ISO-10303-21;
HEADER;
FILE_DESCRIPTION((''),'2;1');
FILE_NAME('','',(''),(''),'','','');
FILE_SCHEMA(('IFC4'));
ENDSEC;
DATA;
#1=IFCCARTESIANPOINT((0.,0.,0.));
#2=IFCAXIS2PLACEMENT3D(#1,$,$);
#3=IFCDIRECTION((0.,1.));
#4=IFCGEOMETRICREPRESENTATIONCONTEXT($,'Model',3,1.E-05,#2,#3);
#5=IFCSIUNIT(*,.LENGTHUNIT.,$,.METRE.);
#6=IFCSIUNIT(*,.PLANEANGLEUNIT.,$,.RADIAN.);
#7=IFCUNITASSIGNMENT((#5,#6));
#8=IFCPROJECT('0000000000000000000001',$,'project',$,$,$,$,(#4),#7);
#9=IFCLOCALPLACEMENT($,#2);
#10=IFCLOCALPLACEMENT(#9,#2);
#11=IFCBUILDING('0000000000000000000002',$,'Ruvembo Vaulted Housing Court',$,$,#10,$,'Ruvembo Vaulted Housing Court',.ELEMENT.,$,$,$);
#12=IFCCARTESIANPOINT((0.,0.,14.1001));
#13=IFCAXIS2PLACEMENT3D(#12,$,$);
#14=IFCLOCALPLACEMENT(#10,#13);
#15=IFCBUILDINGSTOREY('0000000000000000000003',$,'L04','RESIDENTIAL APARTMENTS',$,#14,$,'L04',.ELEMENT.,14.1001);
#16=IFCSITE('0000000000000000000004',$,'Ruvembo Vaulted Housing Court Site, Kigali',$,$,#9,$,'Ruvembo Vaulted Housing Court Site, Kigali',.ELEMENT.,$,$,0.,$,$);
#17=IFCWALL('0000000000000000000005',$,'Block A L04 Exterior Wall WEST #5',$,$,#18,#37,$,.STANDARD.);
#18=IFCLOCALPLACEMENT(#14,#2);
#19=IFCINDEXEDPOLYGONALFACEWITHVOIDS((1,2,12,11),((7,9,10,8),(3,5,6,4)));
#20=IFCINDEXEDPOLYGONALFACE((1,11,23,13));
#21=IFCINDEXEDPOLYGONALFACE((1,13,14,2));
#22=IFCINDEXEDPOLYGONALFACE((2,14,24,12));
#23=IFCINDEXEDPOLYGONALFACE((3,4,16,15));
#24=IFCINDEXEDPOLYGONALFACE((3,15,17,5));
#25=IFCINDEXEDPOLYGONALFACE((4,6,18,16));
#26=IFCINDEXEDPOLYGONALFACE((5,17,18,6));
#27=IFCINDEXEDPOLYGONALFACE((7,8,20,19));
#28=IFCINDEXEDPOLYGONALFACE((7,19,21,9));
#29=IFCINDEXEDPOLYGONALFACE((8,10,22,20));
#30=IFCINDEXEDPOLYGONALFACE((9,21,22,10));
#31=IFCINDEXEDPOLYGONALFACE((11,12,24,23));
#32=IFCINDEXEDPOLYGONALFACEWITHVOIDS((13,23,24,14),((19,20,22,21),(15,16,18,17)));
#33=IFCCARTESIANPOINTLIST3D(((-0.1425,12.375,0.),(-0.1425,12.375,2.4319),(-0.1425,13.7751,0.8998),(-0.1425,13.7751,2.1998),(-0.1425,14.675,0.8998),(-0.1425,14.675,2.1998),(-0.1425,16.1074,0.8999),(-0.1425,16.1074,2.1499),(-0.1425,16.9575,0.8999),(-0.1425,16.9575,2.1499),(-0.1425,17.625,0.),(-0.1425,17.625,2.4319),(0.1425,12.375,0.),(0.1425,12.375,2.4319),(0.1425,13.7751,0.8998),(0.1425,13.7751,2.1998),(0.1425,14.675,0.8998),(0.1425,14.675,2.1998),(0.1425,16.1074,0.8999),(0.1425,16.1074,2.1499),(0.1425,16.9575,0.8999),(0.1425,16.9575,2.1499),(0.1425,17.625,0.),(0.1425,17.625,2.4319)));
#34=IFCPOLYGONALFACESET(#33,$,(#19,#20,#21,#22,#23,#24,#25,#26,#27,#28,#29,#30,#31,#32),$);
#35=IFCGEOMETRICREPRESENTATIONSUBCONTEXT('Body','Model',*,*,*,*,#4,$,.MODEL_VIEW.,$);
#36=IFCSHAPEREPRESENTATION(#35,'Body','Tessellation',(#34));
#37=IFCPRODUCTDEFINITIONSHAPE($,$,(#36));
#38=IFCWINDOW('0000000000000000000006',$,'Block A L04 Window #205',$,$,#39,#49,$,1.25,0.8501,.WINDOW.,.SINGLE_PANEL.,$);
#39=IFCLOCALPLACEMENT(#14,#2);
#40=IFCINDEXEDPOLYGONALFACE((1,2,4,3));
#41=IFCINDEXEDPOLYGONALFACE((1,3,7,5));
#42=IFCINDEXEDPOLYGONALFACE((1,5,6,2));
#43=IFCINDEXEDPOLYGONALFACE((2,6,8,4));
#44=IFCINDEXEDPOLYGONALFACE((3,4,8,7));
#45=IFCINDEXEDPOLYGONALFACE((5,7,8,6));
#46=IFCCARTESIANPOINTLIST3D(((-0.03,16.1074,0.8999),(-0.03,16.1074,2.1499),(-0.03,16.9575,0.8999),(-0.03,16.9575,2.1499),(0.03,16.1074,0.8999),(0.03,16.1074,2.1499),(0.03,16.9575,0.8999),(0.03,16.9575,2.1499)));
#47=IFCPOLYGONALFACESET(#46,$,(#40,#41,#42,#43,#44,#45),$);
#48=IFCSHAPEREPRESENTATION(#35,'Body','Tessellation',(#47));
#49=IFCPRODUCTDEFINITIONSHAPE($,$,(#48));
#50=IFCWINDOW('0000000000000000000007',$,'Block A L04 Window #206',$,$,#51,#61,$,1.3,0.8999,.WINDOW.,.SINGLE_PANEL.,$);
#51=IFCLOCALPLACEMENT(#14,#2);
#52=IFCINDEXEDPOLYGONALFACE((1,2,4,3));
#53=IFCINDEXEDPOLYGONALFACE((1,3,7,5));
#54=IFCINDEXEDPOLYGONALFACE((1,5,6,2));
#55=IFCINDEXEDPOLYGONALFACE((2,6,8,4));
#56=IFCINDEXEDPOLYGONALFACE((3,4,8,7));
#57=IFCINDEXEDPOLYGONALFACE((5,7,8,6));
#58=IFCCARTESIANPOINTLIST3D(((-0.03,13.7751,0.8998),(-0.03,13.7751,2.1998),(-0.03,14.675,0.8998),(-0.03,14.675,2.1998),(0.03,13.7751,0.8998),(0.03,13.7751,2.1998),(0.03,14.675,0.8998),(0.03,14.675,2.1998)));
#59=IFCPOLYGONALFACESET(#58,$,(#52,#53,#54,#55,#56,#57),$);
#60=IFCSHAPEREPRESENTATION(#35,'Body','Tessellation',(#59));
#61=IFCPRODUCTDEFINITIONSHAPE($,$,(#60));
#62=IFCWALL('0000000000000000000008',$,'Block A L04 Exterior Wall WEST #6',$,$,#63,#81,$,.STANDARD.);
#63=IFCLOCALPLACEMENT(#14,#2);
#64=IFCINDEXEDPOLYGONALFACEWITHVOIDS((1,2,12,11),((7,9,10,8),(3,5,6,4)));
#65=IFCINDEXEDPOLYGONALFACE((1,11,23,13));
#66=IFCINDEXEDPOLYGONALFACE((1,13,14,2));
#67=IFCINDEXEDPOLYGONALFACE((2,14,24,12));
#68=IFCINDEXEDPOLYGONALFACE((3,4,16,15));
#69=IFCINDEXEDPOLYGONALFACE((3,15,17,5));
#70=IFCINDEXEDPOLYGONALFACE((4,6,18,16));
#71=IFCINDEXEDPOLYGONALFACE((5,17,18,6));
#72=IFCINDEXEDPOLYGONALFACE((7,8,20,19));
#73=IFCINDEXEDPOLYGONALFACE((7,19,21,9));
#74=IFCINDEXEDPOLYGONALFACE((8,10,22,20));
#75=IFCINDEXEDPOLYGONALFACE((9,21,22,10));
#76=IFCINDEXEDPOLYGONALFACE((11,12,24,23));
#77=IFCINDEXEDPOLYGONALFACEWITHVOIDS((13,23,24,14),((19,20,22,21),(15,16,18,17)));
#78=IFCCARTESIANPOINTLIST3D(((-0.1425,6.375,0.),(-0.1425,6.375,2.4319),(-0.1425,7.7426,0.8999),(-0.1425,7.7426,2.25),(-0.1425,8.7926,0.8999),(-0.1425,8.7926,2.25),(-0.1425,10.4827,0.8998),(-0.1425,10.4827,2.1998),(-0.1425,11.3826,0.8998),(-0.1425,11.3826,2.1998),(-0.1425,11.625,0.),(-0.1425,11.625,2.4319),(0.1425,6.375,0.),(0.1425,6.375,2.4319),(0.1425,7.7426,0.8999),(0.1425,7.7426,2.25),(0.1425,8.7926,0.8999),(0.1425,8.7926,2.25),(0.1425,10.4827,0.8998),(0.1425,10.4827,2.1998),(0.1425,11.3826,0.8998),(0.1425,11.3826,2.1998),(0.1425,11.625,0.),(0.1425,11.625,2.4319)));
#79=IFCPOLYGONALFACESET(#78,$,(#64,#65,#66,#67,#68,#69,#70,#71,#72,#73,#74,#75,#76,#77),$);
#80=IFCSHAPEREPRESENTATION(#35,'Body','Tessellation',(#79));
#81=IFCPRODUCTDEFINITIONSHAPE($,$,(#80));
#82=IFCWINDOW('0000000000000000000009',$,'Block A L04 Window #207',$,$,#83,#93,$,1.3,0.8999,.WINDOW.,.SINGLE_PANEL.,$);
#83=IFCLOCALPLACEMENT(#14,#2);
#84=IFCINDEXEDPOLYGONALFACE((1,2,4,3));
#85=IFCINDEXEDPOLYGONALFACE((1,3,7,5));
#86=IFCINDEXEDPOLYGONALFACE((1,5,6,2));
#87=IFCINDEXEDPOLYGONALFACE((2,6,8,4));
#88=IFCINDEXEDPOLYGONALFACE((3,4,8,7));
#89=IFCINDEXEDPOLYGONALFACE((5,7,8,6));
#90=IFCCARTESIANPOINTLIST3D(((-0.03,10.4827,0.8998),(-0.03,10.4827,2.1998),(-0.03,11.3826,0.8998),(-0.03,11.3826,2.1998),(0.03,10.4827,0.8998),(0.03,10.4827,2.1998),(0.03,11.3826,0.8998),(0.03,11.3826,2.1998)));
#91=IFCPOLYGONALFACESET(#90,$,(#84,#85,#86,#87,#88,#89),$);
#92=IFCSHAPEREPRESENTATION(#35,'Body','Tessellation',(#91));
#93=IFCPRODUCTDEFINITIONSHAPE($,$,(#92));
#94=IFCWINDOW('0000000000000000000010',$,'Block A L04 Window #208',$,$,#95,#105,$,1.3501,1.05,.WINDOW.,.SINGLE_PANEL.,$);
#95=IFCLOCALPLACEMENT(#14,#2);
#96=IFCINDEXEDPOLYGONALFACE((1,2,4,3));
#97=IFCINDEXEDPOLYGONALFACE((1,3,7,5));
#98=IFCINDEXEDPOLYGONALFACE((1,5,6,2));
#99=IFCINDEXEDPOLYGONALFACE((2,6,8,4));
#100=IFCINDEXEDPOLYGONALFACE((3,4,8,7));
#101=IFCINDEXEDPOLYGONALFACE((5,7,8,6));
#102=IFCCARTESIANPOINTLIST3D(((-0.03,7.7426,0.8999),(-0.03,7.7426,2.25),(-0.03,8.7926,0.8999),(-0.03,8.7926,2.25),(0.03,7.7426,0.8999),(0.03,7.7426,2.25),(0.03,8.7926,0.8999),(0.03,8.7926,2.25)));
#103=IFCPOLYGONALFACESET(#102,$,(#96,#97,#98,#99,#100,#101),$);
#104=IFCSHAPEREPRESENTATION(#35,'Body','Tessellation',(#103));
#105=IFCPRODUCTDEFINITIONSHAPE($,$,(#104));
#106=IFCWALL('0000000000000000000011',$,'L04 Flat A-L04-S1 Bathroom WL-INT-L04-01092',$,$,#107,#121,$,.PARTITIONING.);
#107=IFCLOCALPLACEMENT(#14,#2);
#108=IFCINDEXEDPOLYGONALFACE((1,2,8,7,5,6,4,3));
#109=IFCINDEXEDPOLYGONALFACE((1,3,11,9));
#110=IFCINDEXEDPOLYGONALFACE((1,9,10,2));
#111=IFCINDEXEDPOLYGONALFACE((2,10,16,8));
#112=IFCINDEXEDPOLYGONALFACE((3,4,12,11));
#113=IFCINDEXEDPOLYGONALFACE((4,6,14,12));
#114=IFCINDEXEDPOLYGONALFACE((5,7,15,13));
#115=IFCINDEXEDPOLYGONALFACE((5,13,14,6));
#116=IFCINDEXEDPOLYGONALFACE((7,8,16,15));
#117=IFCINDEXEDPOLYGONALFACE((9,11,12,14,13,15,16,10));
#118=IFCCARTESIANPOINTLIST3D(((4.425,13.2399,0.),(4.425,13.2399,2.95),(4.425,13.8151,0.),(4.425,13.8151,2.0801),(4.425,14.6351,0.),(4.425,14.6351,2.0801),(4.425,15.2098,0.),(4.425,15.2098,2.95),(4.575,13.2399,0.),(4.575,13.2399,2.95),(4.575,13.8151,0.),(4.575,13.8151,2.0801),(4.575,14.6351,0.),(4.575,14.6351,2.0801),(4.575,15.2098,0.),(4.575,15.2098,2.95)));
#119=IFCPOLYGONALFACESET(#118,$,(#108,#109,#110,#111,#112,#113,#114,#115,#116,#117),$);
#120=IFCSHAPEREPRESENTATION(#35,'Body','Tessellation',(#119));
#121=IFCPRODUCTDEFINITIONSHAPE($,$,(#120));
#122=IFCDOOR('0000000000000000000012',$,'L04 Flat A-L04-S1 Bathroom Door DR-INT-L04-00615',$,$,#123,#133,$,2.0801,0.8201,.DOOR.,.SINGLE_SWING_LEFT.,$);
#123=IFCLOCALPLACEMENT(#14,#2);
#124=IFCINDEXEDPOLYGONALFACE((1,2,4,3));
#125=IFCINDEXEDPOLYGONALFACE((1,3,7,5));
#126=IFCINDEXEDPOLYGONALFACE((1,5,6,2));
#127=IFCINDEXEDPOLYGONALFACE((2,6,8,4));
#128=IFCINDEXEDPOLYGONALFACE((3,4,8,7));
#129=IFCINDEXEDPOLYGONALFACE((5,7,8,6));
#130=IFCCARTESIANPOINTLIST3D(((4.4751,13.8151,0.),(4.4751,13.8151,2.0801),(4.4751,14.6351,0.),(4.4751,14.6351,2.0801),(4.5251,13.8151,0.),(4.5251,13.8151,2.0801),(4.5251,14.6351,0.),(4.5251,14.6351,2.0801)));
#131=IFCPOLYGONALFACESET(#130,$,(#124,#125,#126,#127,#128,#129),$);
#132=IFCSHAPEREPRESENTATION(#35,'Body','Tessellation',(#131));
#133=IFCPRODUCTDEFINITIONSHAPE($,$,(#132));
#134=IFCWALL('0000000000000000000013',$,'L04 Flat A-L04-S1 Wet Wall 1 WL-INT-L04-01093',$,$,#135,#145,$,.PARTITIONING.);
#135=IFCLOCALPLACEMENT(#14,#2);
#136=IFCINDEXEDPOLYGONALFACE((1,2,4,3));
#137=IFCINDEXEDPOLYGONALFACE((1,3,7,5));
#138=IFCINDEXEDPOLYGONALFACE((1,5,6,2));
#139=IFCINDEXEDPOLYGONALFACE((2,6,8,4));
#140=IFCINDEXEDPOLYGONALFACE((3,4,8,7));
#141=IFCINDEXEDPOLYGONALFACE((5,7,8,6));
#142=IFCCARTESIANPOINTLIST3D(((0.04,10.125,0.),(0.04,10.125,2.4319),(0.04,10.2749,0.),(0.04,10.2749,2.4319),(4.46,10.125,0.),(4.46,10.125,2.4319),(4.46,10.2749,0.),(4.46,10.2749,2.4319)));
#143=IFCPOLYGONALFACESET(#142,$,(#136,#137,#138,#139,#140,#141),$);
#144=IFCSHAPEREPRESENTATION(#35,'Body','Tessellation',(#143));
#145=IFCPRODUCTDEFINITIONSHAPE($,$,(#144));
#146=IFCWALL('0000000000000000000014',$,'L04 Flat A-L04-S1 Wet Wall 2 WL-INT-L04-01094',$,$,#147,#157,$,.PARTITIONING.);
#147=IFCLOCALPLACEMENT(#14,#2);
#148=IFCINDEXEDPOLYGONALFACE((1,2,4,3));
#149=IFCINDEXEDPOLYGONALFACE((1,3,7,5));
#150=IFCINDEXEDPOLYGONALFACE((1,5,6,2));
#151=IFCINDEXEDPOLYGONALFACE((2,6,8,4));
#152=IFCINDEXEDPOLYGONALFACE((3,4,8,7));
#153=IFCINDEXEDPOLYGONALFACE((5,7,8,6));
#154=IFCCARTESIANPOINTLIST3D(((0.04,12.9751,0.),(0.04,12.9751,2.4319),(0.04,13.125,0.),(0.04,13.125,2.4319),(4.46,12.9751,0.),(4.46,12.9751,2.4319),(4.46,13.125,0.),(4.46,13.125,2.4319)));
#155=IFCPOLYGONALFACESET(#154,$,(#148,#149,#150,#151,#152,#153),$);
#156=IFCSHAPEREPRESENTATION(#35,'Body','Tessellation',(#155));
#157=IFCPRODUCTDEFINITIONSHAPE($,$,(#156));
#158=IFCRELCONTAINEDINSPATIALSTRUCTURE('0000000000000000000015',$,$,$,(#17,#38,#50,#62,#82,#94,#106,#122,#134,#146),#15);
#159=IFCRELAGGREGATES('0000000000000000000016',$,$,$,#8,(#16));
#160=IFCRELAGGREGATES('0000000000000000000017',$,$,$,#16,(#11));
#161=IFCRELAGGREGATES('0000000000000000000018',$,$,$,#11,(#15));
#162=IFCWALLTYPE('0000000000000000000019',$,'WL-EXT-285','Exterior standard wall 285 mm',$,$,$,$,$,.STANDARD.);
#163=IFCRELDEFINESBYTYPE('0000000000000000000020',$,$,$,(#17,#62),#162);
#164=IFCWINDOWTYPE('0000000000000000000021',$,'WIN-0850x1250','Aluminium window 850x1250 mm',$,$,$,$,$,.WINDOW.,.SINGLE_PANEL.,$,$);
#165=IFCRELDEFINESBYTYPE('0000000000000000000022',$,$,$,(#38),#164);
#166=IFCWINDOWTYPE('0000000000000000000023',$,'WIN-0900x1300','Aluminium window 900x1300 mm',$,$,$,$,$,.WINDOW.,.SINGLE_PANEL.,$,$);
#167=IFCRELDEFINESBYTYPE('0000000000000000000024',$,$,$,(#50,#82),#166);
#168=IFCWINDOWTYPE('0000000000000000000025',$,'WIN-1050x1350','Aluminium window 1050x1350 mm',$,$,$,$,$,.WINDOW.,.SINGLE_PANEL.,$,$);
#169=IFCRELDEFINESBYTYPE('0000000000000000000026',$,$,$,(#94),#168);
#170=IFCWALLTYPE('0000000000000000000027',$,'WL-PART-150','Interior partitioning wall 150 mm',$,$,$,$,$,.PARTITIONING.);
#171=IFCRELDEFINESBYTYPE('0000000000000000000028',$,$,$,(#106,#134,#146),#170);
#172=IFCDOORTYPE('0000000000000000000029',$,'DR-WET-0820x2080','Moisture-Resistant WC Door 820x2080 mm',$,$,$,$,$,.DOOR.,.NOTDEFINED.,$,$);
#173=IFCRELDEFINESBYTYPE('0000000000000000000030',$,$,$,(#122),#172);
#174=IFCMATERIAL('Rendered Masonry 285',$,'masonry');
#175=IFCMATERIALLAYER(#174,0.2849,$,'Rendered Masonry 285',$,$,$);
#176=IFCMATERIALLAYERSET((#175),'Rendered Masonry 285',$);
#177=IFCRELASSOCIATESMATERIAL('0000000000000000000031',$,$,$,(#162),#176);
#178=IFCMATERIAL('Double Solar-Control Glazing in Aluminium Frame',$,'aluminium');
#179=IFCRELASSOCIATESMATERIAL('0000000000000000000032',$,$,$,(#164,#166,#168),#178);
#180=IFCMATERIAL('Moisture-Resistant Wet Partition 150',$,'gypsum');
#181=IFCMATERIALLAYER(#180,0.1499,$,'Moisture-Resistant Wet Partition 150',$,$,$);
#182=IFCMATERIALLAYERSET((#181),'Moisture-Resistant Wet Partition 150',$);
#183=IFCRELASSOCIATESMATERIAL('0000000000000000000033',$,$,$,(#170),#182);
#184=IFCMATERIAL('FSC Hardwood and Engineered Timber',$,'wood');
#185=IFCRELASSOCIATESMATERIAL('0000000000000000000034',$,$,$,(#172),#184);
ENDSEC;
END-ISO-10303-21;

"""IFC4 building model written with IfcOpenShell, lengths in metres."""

from ifc_helpers import new_model, si_unit, direction, frame, frame_2d, origin, place, context, subcontext, project, spatial, rectangle, extrude, material, layer, layer_set, type_object, element, fill, save


model = new_model("IFC4")

# Units and contexts
model_context = context("Model", 3, precision=1e-05, world=origin(), true_north=direction((0.0, 1.0)))
body_context = subcontext(model_context, "Body", "Model", "MODEL_VIEW")
ifc_project = project(units=[si_unit("LENGTHUNIT", "METRE"), si_unit("PLANEANGLEUNIT", "RADIAN")], contexts=[model_context])

# Site, building, storey
site_placement = place(None, origin())
site = spatial("IfcSite", under=ifc_project, at=site_placement, Name="Ruvembo Vaulted Housing Court Site, Kigali", LongName="Ruvembo Vaulted Housing Court Site, Kigali", CompositionType="ELEMENT", RefElevation=0.0)
building_placement = place(site_placement, origin())
building = spatial("IfcBuilding", under=site, at=building_placement, Name="Ruvembo Vaulted Housing Court", LongName="Ruvembo Vaulted Housing Court", CompositionType="ELEMENT")
storey_placement = place(building_placement, frame((0.0, 0.0, 14.1001)))
storey = spatial("IfcBuildingStorey", under=building, at=storey_placement, Name="L04", Description="RESIDENTIAL APARTMENTS", LongName="L04", CompositionType="ELEMENT", Elevation=14.1001)

# Shared definitions
ifc_material_1 = material(Name="FSC Hardwood and Engineered Timber", Category="wood")

# Walls, openings, windows
ifc_material_2 = material(Name="Rendered Masonry 285", Category="masonry")
ifc_layer_1 = layer(ifc_material_2, 0.2849, Name="Rendered Masonry 285")
ifc_layer_set_1 = layer_set([ifc_layer_1], Name="Rendered Masonry 285")
wall_type_1 = type_object("IfcWallType", Name="WL-EXT-285", Description="Exterior standard wall 285 mm", PredefinedType="STANDARD", material=ifc_layer_set_1)
wall_1_placement = place(storey_placement, frame((0.0, 17.625, 0.0), z_axis=(0.0, 0.0, 1.0), x_axis=(0.0, -1.0, 0.0)))
wall_1 = element("IfcWall", 1, at=wall_1_placement, inside=storey, type_object=wall_type_1, Name="Block A L04 Exterior Wall WEST #5", PredefinedType="STANDARD", context=body_context, shape_type="SweptSolid", body=[
    extrude(rectangle(XDim=5.25, YDim=0.2849, at=frame_2d((2.625, 0.0))), origin(), (0.0, 0.0, 1.0), 2.4319),
])
opening_1_placement = place(wall_1_placement, frame((0.6675, 0.0, 0.8999)))
opening_1 = element("IfcOpeningElement", 2, at=opening_1_placement, cuts=wall_1, PredefinedType="OPENING", context=body_context, shape_type="SweptSolid", body=[
    extrude(rectangle(XDim=0.8501, YDim=1.25, at=frame_2d((0.425, 0.625))), frame((0.0, 0.1523, 0.0), z_axis=(0.0, -1.0, 0.0), x_axis=(1.0, 0.0, 0.0)), (0.0, 0.0, 1.0), 0.3049),
])
opening_2_placement = place(wall_1_placement, frame((2.95, 0.0, 0.8999)))
opening_2 = element("IfcOpeningElement", 3, at=opening_2_placement, cuts=wall_1, PredefinedType="OPENING", context=body_context, shape_type="SweptSolid", body=[
    extrude(rectangle(XDim=0.8999, YDim=1.3, at=frame_2d((0.45, 0.6499))), frame((0.0, 0.1523, 0.0), z_axis=(0.0, -1.0, 0.0), x_axis=(1.0, 0.0, 0.0)), (0.0, 0.0, 1.0), 0.3049),
])
ifc_material_3 = material(Name="Double Solar-Control Glazing in Aluminium Frame", Category="aluminium")
window_type_1 = type_object("IfcWindowType", Name="WIN-0850x1250", Description="Aluminium window 850x1250 mm", PartitioningType="SINGLE_PANEL", PredefinedType="WINDOW", material=ifc_material_3)
window_1_placement = place(opening_1_placement, origin())
window_1 = element("IfcWindow", 4, at=window_1_placement, inside=storey, type_object=window_type_1, Name="Block A L04 Window #205", OverallHeight=1.25, OverallWidth=0.8501, PartitioningType="SINGLE_PANEL", PredefinedType="WINDOW", context=body_context, shape_type="SweptSolid", body=[
    extrude(rectangle(XDim=0.8501, YDim=1.25, at=frame_2d((0.425, 0.625))), frame((0.0, 0.03, 0.0), z_axis=(0.0, -1.0, 0.0), x_axis=(1.0, 0.0, 0.0)), (0.0, 0.0, 1.0), 0.0601),
])
fill(opening_1, window_1)
window_type_2 = type_object("IfcWindowType", Name="WIN-0900x1300", Description="Aluminium window 900x1300 mm", PartitioningType="SINGLE_PANEL", PredefinedType="WINDOW", material=ifc_material_3)
window_2_placement = place(opening_2_placement, origin())
window_2 = element("IfcWindow", 5, at=window_2_placement, inside=storey, type_object=window_type_2, Name="Block A L04 Window #206", OverallHeight=1.3, OverallWidth=0.8999, PartitioningType="SINGLE_PANEL", PredefinedType="WINDOW", context=body_context, shape_type="SweptSolid", body=[
    extrude(rectangle(XDim=0.8999, YDim=1.3, at=frame_2d((0.45, 0.6499))), frame((0.0, 0.03, 0.0), z_axis=(0.0, -1.0, 0.0), x_axis=(1.0, 0.0, 0.0)), (0.0, 0.0, 1.0), 0.0601),
])
fill(opening_2, window_2)
wall_2_placement = place(storey_placement, frame((0.0, 11.625, 0.0), z_axis=(0.0, 0.0, 1.0), x_axis=(0.0, -1.0, 0.0)))
wall_2 = element("IfcWall", 6, at=wall_2_placement, inside=storey, type_object=wall_type_1, Name="Block A L04 Exterior Wall WEST #6", PredefinedType="STANDARD", context=body_context, shape_type="SweptSolid", body=[
    extrude(rectangle(XDim=5.25, YDim=0.2849, at=frame_2d((2.625, 0.0))), origin(), (0.0, 0.0, 1.0), 2.4319),
])
opening_3_placement = place(wall_2_placement, frame((0.2424, 0.0, 0.8999)))
opening_3 = element("IfcOpeningElement", 7, at=opening_3_placement, cuts=wall_2, PredefinedType="OPENING", context=body_context, shape_type="SweptSolid", body=[
    extrude(rectangle(XDim=0.8999, YDim=1.3, at=frame_2d((0.45, 0.6499))), frame((0.0, 0.1523, 0.0), z_axis=(0.0, -1.0, 0.0), x_axis=(1.0, 0.0, 0.0)), (0.0, 0.0, 1.0), 0.3049),
])
opening_4_placement = place(wall_2_placement, frame((2.8325, 0.0, 0.8999)))
opening_4 = element("IfcOpeningElement", 8, at=opening_4_placement, cuts=wall_2, PredefinedType="OPENING", context=body_context, shape_type="SweptSolid", body=[
    extrude(rectangle(XDim=1.05, YDim=1.3501, at=frame_2d((0.5249, 0.675))), frame((0.0, 0.1523, 0.0), z_axis=(0.0, -1.0, 0.0), x_axis=(1.0, 0.0, 0.0)), (0.0, 0.0, 1.0), 0.3049),
])
window_3_placement = place(opening_3_placement, origin())
window_3 = element("IfcWindow", 9, at=window_3_placement, inside=storey, type_object=window_type_2, Name="Block A L04 Window #207", OverallHeight=1.3, OverallWidth=0.8999, PartitioningType="SINGLE_PANEL", PredefinedType="WINDOW", context=body_context, shape_type="SweptSolid", body=[
    extrude(rectangle(XDim=0.8999, YDim=1.3, at=frame_2d((0.45, 0.6499))), frame((0.0, 0.03, 0.0), z_axis=(0.0, -1.0, 0.0), x_axis=(1.0, 0.0, 0.0)), (0.0, 0.0, 1.0), 0.0601),
])
fill(opening_3, window_3)
window_type_3 = type_object("IfcWindowType", Name="WIN-1050x1350", Description="Aluminium window 1050x1350 mm", PartitioningType="SINGLE_PANEL", PredefinedType="WINDOW", material=ifc_material_3)
window_4_placement = place(opening_4_placement, origin())
window_4 = element("IfcWindow", 10, at=window_4_placement, inside=storey, type_object=window_type_3, Name="Block A L04 Window #208", OverallHeight=1.3501, OverallWidth=1.05, PartitioningType="SINGLE_PANEL", PredefinedType="WINDOW", context=body_context, shape_type="SweptSolid", body=[
    extrude(rectangle(XDim=1.05, YDim=1.3501, at=frame_2d((0.5249, 0.675))), frame((0.0, 0.03, 0.0), z_axis=(0.0, -1.0, 0.0), x_axis=(1.0, 0.0, 0.0)), (0.0, 0.0, 1.0), 0.0601),
])
fill(opening_4, window_4)

# Wall, opening, door
ifc_material_4 = material(Name="Moisture-Resistant Wet Partition 150", Category="gypsum")
ifc_layer_2 = layer(ifc_material_4, 0.1499, Name="Moisture-Resistant Wet Partition 150")
ifc_layer_set_2 = layer_set([ifc_layer_2], Name="Moisture-Resistant Wet Partition 150")
wall_type_2 = type_object("IfcWallType", Name="WL-PART-150", Description="Interior partitioning wall 150 mm", PredefinedType="PARTITIONING", material=ifc_layer_set_2)
wall_3_placement = place(storey_placement, frame((4.5, 13.24, 0.0), z_axis=(0.0, 0.0, 1.0), x_axis=(0.0, 1.0, 0.0)))
wall_3 = element("IfcWall", 11, at=wall_3_placement, inside=storey, type_object=wall_type_2, Name="L04 Flat A-L04-S1 Bathroom WL-INT-L04-01092", PredefinedType="PARTITIONING", context=body_context, shape_type="SweptSolid", body=[
    extrude(rectangle(XDim=1.97, YDim=0.1499, at=frame_2d((0.9849, 0.0))), origin(), (0.0, 0.0, 1.0), 2.95),
])
opening_5_placement = place(wall_3_placement, frame((0.575, 0.0, 0.0)))
opening_5 = element("IfcOpeningElement", 12, at=opening_5_placement, cuts=wall_3, PredefinedType="OPENING", context=body_context, shape_type="SweptSolid", body=[
    extrude(rectangle(XDim=0.8201, YDim=2.0801, at=frame_2d((0.4102, 1.04))), frame((0.0, 0.085, 0.0), z_axis=(0.0, -1.0, 0.0), x_axis=(1.0, 0.0, 0.0)), (0.0, 0.0, 1.0), 0.1699),
])
door_type_1 = type_object("IfcDoorType", Name="DR-WET-0820x2080", Description="Moisture-Resistant WC Door 820x2080 mm", OperationType="NOTDEFINED", PredefinedType="DOOR", material=ifc_material_1)
door_1_placement = place(opening_5_placement, origin())
door_1 = element("IfcDoor", 13, at=door_1_placement, inside=storey, type_object=door_type_1, Name="L04 Flat A-L04-S1 Bathroom Door DR-INT-L04-00615", OperationType="SINGLE_SWING_LEFT", OverallHeight=2.0801, OverallWidth=0.8201, PredefinedType="DOOR", context=body_context, shape_type="SweptSolid", body=[
    extrude(rectangle(XDim=0.8201, YDim=2.0801, at=frame_2d((0.4102, 1.04))), frame((0.0, 0.0249, 0.0), z_axis=(0.0, -1.0, 0.0), x_axis=(1.0, 0.0, 0.0)), (0.0, 0.0, 1.0), 0.05),
])
fill(opening_5, door_1)

# Walls
for number, where, z_axis, x_axis, name in (
    (14, (0.04, 10.2, 0.0), (0.0, 0.0, 1.0), (1.0, 0.0, 0.0), "L04 Flat A-L04-S1 Wet Wall 1 WL-INT-L04-01093"),
    (15, (0.04, 13.05, 0.0), (0.0, 0.0, 1.0), (1.0, 0.0, 0.0), "L04 Flat A-L04-S1 Wet Wall 2 WL-INT-L04-01094"),
):
    element("IfcWall", number, at=place(storey_placement, frame(where, z_axis=z_axis, x_axis=x_axis)), inside=storey, type_object=wall_type_2, Name=name, PredefinedType="PARTITIONING", context=body_context, shape_type="SweptSolid", body=[
        extrude(rectangle(XDim=4.4199, YDim=0.1499, at=frame_2d((2.21, 0.0))), origin(), (0.0, 0.0, 1.0), 2.4319),
    ])

save(model, "model.ifc")
